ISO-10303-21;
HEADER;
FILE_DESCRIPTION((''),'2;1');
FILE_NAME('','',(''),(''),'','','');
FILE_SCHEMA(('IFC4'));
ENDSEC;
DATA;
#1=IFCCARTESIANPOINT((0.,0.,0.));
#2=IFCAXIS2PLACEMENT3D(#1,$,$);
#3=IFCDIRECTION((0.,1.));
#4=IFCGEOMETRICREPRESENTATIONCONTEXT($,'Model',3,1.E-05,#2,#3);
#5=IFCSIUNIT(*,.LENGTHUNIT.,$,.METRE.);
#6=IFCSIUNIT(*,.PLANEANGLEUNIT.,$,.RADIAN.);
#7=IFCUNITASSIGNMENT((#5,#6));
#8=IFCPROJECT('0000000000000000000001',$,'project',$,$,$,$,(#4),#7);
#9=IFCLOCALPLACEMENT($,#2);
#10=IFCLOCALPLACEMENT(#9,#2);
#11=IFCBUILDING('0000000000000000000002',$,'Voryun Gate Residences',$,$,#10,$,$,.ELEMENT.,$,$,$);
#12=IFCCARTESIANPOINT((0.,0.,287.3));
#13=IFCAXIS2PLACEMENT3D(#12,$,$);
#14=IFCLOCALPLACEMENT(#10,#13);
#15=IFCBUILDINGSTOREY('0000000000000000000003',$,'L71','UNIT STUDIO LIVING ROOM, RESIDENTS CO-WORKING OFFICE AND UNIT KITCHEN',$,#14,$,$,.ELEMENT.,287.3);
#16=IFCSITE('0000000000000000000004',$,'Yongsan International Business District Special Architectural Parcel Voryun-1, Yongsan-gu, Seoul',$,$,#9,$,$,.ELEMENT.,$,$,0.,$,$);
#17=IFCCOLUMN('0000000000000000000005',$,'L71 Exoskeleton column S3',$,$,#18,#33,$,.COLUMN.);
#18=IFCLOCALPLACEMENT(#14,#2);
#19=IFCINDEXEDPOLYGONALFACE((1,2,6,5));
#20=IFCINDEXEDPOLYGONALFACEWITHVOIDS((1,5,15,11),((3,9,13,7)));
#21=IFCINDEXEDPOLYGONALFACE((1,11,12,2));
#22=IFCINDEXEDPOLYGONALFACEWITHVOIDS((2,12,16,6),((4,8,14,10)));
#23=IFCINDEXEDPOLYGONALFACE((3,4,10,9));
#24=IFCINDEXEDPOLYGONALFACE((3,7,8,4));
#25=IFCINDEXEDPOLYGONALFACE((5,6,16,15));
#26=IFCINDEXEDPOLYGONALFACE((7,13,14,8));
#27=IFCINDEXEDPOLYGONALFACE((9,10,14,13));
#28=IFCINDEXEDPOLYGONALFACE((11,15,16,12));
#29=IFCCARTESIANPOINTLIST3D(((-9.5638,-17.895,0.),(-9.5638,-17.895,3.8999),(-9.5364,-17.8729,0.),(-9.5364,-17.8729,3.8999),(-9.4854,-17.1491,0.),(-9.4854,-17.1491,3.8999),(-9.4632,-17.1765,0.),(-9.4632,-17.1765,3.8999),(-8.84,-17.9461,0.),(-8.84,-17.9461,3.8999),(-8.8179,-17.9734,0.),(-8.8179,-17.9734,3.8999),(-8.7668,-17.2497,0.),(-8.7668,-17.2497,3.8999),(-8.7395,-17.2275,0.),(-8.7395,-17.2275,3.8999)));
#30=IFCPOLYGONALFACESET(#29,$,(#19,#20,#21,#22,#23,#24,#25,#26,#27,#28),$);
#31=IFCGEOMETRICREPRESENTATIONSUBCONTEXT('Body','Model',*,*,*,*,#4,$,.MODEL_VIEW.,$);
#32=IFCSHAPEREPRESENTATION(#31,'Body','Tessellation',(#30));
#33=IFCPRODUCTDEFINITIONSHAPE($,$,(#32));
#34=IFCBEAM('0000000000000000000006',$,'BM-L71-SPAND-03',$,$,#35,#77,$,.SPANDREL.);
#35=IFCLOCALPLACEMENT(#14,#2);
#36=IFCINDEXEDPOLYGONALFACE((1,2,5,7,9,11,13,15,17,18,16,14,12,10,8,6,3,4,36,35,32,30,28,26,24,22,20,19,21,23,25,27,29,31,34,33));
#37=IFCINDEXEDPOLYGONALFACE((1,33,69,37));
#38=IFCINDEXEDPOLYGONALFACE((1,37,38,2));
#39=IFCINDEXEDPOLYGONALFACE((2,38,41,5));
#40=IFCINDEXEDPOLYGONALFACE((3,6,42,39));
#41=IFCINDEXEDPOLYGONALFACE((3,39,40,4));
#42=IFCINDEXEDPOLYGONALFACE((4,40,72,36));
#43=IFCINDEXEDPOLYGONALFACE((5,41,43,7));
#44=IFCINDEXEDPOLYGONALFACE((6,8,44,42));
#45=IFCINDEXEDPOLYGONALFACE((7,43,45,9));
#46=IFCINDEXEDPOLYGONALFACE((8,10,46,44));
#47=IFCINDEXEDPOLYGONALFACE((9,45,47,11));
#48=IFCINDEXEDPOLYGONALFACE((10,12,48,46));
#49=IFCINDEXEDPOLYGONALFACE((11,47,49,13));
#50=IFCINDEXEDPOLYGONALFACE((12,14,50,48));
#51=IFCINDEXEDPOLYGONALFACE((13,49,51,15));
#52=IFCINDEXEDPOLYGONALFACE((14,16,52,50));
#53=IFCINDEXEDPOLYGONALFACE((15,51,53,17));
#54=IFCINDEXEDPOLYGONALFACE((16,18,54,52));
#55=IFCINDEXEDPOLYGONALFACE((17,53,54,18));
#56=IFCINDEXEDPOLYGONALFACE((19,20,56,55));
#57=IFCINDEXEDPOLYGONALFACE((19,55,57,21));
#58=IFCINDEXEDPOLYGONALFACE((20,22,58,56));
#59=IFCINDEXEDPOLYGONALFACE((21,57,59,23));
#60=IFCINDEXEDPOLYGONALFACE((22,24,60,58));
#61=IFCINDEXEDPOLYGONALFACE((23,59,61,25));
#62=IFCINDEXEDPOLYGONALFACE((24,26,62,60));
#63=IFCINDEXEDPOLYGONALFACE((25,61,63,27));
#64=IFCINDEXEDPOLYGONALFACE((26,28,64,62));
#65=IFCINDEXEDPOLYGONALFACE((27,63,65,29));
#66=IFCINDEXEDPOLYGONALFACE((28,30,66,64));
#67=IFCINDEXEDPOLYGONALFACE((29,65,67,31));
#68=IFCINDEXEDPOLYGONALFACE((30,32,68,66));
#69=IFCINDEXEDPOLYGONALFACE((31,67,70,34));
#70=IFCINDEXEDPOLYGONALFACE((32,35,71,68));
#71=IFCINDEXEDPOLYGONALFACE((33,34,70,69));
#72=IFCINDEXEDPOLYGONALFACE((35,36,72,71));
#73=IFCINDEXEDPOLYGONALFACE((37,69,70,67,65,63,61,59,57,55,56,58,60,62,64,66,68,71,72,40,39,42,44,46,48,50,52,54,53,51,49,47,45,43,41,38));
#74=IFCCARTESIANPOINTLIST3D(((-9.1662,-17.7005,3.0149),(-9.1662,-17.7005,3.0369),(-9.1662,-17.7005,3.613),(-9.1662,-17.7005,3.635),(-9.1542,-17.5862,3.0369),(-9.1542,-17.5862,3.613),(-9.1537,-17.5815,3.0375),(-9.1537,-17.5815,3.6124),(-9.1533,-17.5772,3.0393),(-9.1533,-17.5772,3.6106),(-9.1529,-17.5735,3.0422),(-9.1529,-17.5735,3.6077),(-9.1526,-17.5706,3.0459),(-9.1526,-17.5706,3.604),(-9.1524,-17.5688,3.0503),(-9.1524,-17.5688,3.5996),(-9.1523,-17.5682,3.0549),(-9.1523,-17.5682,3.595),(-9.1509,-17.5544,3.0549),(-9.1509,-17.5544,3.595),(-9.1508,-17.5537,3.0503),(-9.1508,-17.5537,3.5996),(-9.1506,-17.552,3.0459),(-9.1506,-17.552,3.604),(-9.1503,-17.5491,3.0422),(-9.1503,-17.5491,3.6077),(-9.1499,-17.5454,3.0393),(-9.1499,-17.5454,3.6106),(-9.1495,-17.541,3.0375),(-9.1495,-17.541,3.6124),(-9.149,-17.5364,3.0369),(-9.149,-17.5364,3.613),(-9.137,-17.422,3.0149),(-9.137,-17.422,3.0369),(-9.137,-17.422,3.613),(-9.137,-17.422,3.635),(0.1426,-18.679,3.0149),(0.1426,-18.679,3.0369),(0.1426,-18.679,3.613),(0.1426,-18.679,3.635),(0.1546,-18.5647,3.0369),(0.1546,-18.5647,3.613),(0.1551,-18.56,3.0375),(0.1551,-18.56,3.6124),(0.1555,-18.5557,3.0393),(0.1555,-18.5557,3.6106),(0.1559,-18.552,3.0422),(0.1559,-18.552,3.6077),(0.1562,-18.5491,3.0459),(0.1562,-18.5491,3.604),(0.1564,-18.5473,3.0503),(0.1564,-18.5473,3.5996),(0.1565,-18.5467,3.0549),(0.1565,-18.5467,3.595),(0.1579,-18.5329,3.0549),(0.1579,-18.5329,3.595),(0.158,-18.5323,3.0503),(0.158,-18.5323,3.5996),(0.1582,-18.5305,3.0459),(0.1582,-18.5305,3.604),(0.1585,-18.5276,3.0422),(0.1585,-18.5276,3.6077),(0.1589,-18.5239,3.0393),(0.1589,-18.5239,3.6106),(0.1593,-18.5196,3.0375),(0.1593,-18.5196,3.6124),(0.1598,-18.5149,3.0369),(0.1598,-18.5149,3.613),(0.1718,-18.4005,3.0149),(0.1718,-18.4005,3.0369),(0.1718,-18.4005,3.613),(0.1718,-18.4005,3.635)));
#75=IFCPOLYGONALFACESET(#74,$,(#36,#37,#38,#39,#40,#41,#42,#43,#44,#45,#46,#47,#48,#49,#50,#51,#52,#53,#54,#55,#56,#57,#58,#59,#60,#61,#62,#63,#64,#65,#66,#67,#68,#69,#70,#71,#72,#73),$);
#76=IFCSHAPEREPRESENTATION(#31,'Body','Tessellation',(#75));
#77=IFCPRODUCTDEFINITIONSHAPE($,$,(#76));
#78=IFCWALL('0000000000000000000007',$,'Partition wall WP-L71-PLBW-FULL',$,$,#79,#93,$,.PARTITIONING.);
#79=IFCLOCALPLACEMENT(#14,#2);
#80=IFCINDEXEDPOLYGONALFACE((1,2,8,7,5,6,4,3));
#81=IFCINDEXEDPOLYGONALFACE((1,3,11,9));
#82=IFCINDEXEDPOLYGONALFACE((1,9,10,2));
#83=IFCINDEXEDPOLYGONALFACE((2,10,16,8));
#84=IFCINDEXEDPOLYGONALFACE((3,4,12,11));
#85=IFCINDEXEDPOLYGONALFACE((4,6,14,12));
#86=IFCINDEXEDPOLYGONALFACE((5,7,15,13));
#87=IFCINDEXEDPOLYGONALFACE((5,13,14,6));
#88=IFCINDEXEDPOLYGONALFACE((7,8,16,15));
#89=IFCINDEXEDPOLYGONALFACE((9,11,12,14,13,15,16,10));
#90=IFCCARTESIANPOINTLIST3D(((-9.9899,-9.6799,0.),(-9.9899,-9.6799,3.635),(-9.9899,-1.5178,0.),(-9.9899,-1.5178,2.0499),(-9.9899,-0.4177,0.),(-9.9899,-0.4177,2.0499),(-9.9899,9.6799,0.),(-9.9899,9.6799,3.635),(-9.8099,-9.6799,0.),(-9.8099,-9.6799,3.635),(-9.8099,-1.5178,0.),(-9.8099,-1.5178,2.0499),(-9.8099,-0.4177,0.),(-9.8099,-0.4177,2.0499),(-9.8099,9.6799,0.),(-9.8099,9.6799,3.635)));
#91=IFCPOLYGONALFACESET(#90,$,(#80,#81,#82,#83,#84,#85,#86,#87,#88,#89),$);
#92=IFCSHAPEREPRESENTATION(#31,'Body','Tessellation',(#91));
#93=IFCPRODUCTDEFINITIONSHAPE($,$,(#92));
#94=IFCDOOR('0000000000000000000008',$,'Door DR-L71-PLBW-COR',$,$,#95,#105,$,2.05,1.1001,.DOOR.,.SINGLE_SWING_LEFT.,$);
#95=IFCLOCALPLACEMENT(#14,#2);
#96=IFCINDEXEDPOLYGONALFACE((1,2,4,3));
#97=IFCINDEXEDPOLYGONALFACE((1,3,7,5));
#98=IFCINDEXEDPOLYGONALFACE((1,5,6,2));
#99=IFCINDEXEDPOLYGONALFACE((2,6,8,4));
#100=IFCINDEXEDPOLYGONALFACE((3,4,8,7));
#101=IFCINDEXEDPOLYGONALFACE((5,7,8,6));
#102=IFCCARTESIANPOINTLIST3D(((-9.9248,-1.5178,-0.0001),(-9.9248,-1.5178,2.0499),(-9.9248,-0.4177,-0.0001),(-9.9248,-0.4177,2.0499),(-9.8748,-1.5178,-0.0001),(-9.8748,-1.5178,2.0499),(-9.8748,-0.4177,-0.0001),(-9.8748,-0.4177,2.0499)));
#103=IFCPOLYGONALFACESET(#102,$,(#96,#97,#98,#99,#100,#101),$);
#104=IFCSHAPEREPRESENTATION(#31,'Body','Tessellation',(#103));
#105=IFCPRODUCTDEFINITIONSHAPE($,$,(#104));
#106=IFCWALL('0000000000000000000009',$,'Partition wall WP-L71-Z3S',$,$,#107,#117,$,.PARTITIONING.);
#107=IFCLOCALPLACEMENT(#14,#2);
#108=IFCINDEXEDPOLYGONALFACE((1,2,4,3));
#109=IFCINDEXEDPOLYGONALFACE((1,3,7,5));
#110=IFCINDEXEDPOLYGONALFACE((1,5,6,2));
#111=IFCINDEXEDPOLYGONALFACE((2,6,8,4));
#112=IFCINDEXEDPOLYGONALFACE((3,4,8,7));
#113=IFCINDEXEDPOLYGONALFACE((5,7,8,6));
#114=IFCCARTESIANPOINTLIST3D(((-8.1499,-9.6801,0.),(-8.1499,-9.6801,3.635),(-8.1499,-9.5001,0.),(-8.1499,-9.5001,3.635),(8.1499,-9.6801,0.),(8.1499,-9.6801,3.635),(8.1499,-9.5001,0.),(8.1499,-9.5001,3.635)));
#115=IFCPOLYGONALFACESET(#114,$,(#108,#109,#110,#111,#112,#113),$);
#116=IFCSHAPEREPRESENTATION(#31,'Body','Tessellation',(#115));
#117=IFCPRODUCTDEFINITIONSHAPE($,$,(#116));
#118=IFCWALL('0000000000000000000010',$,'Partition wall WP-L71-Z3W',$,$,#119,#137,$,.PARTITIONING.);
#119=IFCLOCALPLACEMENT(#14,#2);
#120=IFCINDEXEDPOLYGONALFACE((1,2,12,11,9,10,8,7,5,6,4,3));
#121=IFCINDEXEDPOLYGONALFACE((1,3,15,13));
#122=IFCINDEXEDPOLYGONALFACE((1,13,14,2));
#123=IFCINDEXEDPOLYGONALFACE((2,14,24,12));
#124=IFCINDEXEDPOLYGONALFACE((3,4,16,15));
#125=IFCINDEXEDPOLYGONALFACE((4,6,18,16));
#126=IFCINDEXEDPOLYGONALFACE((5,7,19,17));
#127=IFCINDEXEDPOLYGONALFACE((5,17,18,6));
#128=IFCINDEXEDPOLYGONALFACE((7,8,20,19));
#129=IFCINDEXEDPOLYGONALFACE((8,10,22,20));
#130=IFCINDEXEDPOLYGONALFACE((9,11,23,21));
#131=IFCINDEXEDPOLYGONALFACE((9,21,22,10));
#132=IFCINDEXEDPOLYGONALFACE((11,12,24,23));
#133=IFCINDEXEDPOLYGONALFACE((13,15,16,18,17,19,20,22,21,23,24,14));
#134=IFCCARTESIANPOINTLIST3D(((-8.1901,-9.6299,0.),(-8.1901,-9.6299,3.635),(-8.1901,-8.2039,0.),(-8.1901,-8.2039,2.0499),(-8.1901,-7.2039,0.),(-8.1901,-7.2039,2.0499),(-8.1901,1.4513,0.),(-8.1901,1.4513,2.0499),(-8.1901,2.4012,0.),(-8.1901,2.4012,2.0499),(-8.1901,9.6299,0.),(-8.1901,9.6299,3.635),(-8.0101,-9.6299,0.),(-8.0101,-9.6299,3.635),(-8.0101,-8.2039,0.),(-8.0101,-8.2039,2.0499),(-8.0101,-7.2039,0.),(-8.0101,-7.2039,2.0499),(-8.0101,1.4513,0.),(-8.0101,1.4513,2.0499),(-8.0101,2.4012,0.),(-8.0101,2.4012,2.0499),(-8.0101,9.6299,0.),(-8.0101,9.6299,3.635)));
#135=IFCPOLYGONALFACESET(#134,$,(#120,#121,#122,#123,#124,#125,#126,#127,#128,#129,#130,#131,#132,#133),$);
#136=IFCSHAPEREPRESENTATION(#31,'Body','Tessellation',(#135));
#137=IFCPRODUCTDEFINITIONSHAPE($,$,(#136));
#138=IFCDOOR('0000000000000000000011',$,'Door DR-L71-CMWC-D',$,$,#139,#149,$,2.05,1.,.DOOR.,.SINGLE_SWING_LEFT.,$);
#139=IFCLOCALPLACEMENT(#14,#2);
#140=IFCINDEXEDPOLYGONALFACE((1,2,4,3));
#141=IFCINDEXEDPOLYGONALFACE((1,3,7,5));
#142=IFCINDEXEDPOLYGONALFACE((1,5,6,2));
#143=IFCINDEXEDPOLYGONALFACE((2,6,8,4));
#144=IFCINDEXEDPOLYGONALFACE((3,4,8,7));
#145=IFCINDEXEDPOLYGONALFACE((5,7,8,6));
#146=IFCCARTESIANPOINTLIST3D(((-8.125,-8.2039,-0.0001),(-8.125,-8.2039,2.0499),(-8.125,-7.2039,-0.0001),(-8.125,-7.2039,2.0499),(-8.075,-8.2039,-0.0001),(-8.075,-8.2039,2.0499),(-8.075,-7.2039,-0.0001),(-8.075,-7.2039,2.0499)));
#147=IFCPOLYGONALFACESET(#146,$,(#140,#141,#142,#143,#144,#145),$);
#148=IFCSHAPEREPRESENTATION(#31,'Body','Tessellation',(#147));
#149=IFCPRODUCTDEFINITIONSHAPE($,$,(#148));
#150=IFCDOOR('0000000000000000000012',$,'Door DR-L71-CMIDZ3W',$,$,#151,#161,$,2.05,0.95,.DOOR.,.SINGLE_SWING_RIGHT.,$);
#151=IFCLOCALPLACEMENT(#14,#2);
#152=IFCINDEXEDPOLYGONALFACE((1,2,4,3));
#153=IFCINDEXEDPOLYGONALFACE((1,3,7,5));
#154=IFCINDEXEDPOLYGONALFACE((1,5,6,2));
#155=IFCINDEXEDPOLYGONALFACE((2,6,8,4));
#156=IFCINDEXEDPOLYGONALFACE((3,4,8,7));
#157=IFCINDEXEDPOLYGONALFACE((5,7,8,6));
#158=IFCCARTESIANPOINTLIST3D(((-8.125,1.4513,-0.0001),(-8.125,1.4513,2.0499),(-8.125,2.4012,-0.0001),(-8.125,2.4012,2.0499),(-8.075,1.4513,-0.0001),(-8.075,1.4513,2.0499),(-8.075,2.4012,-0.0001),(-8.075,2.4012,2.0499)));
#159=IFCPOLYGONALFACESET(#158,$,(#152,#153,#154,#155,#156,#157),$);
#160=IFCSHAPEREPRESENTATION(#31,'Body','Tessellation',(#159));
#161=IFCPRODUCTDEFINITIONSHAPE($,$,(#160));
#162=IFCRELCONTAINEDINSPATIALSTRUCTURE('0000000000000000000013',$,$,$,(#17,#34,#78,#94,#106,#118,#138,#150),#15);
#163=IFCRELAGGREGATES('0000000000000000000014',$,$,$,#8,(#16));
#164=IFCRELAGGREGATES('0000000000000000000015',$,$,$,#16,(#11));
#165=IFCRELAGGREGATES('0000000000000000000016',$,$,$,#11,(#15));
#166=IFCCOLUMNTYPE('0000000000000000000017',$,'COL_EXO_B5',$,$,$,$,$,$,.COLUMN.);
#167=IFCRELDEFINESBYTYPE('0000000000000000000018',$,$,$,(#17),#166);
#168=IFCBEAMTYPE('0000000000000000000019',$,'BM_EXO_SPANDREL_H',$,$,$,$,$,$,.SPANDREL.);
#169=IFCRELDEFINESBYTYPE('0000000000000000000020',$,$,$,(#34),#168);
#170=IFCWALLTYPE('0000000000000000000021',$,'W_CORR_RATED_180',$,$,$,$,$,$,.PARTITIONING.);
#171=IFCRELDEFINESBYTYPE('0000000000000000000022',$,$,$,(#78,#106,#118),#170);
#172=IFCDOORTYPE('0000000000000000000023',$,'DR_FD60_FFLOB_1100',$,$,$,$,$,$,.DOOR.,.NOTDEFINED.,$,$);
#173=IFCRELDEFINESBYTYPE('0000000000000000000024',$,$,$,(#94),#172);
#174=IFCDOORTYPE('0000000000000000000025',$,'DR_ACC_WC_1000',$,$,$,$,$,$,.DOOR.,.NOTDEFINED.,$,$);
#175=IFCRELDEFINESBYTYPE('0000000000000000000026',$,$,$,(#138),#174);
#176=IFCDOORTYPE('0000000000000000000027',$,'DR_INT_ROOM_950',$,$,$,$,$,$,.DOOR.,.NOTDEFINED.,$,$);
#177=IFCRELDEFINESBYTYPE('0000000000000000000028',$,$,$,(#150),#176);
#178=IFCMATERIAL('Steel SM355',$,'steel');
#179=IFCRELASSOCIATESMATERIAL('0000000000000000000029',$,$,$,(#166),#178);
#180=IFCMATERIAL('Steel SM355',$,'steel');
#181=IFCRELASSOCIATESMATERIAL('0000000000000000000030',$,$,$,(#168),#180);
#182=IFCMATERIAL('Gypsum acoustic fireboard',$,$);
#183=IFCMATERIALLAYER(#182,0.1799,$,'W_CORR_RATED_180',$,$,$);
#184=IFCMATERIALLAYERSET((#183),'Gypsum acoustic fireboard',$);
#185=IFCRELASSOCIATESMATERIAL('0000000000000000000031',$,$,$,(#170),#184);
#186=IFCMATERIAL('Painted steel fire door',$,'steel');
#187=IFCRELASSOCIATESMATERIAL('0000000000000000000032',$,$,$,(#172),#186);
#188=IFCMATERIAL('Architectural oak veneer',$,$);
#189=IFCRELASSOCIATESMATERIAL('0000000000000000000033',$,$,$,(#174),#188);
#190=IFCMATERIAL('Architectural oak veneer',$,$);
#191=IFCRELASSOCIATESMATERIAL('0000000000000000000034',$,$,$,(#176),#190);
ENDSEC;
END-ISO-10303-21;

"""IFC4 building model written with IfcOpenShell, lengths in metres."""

from ifc_helpers import new_model, si_unit, direction, frame, frame_2d, origin, origin_2d, place, context, subcontext, project, spatial, rectangle, hollow_rectangle, i_section, extrude, material, layer, layer_set, material_profile, profile_set, type_object, element, fill, save


model = new_model("IFC4")

# Units and contexts
model_context = context("Model", 3, precision=1e-05, world=origin(), true_north=direction((0.0, 1.0)))
body_context = subcontext(model_context, "Body", "Model", "MODEL_VIEW")
ifc_project = project(units=[si_unit("LENGTHUNIT", "METRE"), si_unit("PLANEANGLEUNIT", "RADIAN")], contexts=[model_context])

# Site, building, storey
site_placement = place(None, origin())
site = spatial("IfcSite", under=ifc_project, at=site_placement, Name="Yongsan International Business District Special Architectural Parcel Voryun-1, Yongsan-gu, Seoul", CompositionType="ELEMENT", RefElevation=0.0)
building_placement = place(site_placement, origin())
building = spatial("IfcBuilding", under=site, at=building_placement, Name="Voryun Gate Residences", CompositionType="ELEMENT")
storey_placement = place(building_placement, frame((0.0, 0.0, 287.3)))
storey = spatial("IfcBuildingStorey", under=building, at=storey_placement, Name="L71", Description="UNIT STUDIO LIVING ROOM, RESIDENTS CO-WORKING OFFICE AND UNIT KITCHEN", CompositionType="ELEMENT", Elevation=287.3)

# Column
ifc_material_1 = material(Name="Steel SM355", Category="steel")
ifc_material_profile_1 = material_profile(ifc_material_1, hollow_rectangle(XDim=0.75, YDim=0.75, WallThickness=0.0249, at=origin_2d()), Name="BOX-750x750x25")
ifc_profile_set_1 = profile_set([ifc_material_profile_1], Name="Steel SM355")
column_type = type_object("IfcColumnType", Name="COL_EXO_B5", PredefinedType="COLUMN", material=ifc_profile_set_1)
column_placement = place(storey_placement, frame((-9.1516, -17.5613, 0.0), z_axis=(0.0, 0.0, 1.0), x_axis=(0.994522, -0.104528, 0.0)))
element("IfcColumn", 1, at=column_placement, inside=storey, type_object=column_type, Name="L71 Exoskeleton column S3", PredefinedType="COLUMN", context=body_context, shape_type="SweptSolid", body=[
    extrude(hollow_rectangle(XDim=0.75, YDim=0.75, WallThickness=0.0249, at=origin_2d()), origin(), (0.0, 0.0, 1.0), 3.8999),
])

# Beam
ifc_material_2 = material(Name="Steel SM355", Category="steel")
ifc_material_profile_2 = material_profile(ifc_material_2, i_section(OverallWidth=0.28, OverallDepth=0.6201, WebThickness=0.0139, FlangeThickness=0.022, FilletRadius=0.0181, at=origin_2d()), Name="H-620x280x14x22")
ifc_profile_set_2 = profile_set([ifc_material_profile_2], Name="Steel SM355")
beam_type = type_object("IfcBeamType", Name="BM_EXO_SPANDREL_H", PredefinedType="SPANDREL", material=ifc_profile_set_2)
beam_placement = place(storey_placement, frame((-9.1516, -17.5613, 3.325), z_axis=(0.994521, -0.104541, 0.0), x_axis=(0.104541, 0.994521, 0.0)))
element("IfcBeam", 2, at=beam_placement, inside=storey, type_object=beam_type, Name="BM-L71-SPAND-03", PredefinedType="SPANDREL", context=body_context, shape_type="SweptSolid", body=[
    extrude(i_section(OverallWidth=0.28, OverallDepth=0.6201, WebThickness=0.0139, FlangeThickness=0.022, FilletRadius=0.0181, at=origin_2d()), origin(), (0.0, 0.0, 1.0), 9.3601),
])

# Wall, opening, door
ifc_material_3 = material(Name="Gypsum acoustic fireboard")
ifc_layer_1 = layer(ifc_material_3, 0.1799, Name="W_CORR_RATED_180")
ifc_layer_set_1 = layer_set([ifc_layer_1], Name="Gypsum acoustic fireboard")
wall_type_1 = type_object("IfcWallType", Name="W_CORR_RATED_180", PredefinedType="PARTITIONING", material=ifc_layer_set_1)
wall_1_placement = place(storey_placement, frame((-9.8999, -9.6799, 0.0), z_axis=(0.0, 0.0, 1.0), x_axis=(0.0, 1.0, 0.0)))
wall_1 = element("IfcWall", 3, at=wall_1_placement, inside=storey, type_object=wall_type_1, Name="Partition wall WP-L71-PLBW-FULL", PredefinedType="PARTITIONING", context=body_context, shape_type="SweptSolid", body=[
    extrude(rectangle(XDim=19.3599, YDim=0.1799, at=frame_2d((9.6799, 0.0))), origin(), (0.0, 0.0, 1.0), 3.635),
])
opening_1_placement = place(wall_1_placement, frame((8.1621, 0.0, 0.0)))
opening_1 = element("IfcOpeningElement", 4, at=opening_1_placement, cuts=wall_1, PredefinedType="OPENING", context=body_context, shape_type="SweptSolid", body=[
    extrude(rectangle(XDim=1.1001, YDim=2.05, at=frame_2d((0.55, 1.0249))), frame((0.0, 0.0999, 0.0), z_axis=(0.0, -1.0, 0.0), x_axis=(1.0, 0.0, 0.0)), (0.0, 0.0, 1.0), 0.2),
])
ifc_material_4 = material(Name="Painted steel fire door", Category="steel")
door_type_1 = type_object("IfcDoorType", Name="DR_FD60_FFLOB_1100", OperationType="NOTDEFINED", PredefinedType="DOOR", material=ifc_material_4)
door_1_placement = place(opening_1_placement, origin())
door_1 = element("IfcDoor", 5, at=door_1_placement, inside=storey, type_object=door_type_1, Name="Door DR-L71-PLBW-COR", OperationType="SINGLE_SWING_LEFT", OverallHeight=2.05, OverallWidth=1.1001, PredefinedType="DOOR", context=body_context, shape_type="SweptSolid", body=[
    extrude(rectangle(XDim=1.1001, YDim=2.05, at=frame_2d((0.55, 1.0249))), frame((0.0, 0.0249, 0.0), z_axis=(0.0, -1.0, 0.0), x_axis=(1.0, 0.0, 0.0)), (0.0, 0.0, 1.0), 0.05),
])
fill(opening_1, door_1)

# Wall
wall_2_placement = place(storey_placement, frame((-8.1499, -9.5901, 0.0), z_axis=(0.0, 0.0, 1.0), x_axis=(1.0, 0.0, 0.0)))
element("IfcWall", 6, at=wall_2_placement, inside=storey, type_object=wall_type_1, Name="Partition wall WP-L71-Z3S", PredefinedType="PARTITIONING", context=body_context, shape_type="SweptSolid", body=[
    extrude(rectangle(XDim=16.2998, YDim=0.1799, at=frame_2d((8.1499, 0.0))), origin(), (0.0, 0.0, 1.0), 3.635),
])

# Wall, openings, doors
wall_3_placement = place(storey_placement, frame((-8.1001, -9.6299, 0.0), z_axis=(0.0, 0.0, 1.0), x_axis=(0.0, 1.0, 0.0)))
wall_3 = element("IfcWall", 7, at=wall_3_placement, inside=storey, type_object=wall_type_1, Name="Partition wall WP-L71-Z3W", PredefinedType="PARTITIONING", context=body_context, shape_type="SweptSolid", body=[
    extrude(rectangle(XDim=19.2598, YDim=0.1799, at=frame_2d((9.6299, 0.0))), origin(), (0.0, 0.0, 1.0), 3.635),
])
opening_2_placement = place(wall_3_placement, frame((1.426, 0.0, 0.0)))
opening_2 = element("IfcOpeningElement", 8, at=opening_2_placement, cuts=wall_3, PredefinedType="OPENING", context=body_context, shape_type="SweptSolid", body=[
    extrude(rectangle(XDim=1.0, YDim=2.05, at=frame_2d((0.5, 1.0249))), frame((0.0, 0.0999, 0.0), z_axis=(0.0, -1.0, 0.0), x_axis=(1.0, 0.0, 0.0)), (0.0, 0.0, 1.0), 0.2),
])
opening_3_placement = place(wall_3_placement, frame((11.0811, 0.0, 0.0)))
opening_3 = element("IfcOpeningElement", 9, at=opening_3_placement, cuts=wall_3, PredefinedType="OPENING", context=body_context, shape_type="SweptSolid", body=[
    extrude(rectangle(XDim=0.95, YDim=2.05, at=frame_2d((0.4751, 1.0249))), frame((0.0, 0.0999, 0.0), z_axis=(0.0, -1.0, 0.0), x_axis=(1.0, 0.0, 0.0)), (0.0, 0.0, 1.0), 0.2),
])
ifc_material_5 = material(Name="Architectural oak veneer")
door_type_2 = type_object("IfcDoorType", Name="DR_ACC_WC_1000", OperationType="NOTDEFINED", PredefinedType="DOOR", material=ifc_material_5)
door_2_placement = place(opening_2_placement, origin())
door_2 = element("IfcDoor", 10, at=door_2_placement, inside=storey, type_object=door_type_2, Name="Door DR-L71-CMWC-D", OperationType="SINGLE_SWING_LEFT", OverallHeight=2.05, OverallWidth=1.0, PredefinedType="DOOR", context=body_context, shape_type="SweptSolid", body=[
    extrude(rectangle(XDim=1.0, YDim=2.05, at=frame_2d((0.5, 1.0249))), frame((0.0, 0.0249, 0.0), z_axis=(0.0, -1.0, 0.0), x_axis=(1.0, 0.0, 0.0)), (0.0, 0.0, 1.0), 0.05),
])
fill(opening_2, door_2)
ifc_material_6 = material(Name="Architectural oak veneer")
door_type_3 = type_object("IfcDoorType", Name="DR_INT_ROOM_950", OperationType="NOTDEFINED", PredefinedType="DOOR", material=ifc_material_6)
door_3_placement = place(opening_3_placement, origin())
door_3 = element("IfcDoor", 11, at=door_3_placement, inside=storey, type_object=door_type_3, Name="Door DR-L71-CMIDZ3W", OperationType="SINGLE_SWING_RIGHT", OverallHeight=2.05, OverallWidth=0.95, PredefinedType="DOOR", context=body_context, shape_type="SweptSolid", body=[
    extrude(rectangle(XDim=0.95, YDim=2.05, at=frame_2d((0.4751, 1.0249))), frame((0.0, 0.0249, 0.0), z_axis=(0.0, -1.0, 0.0), x_axis=(1.0, 0.0, 0.0)), (0.0, 0.0, 1.0), 0.05),
])
fill(opening_3, door_3)

save(model, "model.ifc")
